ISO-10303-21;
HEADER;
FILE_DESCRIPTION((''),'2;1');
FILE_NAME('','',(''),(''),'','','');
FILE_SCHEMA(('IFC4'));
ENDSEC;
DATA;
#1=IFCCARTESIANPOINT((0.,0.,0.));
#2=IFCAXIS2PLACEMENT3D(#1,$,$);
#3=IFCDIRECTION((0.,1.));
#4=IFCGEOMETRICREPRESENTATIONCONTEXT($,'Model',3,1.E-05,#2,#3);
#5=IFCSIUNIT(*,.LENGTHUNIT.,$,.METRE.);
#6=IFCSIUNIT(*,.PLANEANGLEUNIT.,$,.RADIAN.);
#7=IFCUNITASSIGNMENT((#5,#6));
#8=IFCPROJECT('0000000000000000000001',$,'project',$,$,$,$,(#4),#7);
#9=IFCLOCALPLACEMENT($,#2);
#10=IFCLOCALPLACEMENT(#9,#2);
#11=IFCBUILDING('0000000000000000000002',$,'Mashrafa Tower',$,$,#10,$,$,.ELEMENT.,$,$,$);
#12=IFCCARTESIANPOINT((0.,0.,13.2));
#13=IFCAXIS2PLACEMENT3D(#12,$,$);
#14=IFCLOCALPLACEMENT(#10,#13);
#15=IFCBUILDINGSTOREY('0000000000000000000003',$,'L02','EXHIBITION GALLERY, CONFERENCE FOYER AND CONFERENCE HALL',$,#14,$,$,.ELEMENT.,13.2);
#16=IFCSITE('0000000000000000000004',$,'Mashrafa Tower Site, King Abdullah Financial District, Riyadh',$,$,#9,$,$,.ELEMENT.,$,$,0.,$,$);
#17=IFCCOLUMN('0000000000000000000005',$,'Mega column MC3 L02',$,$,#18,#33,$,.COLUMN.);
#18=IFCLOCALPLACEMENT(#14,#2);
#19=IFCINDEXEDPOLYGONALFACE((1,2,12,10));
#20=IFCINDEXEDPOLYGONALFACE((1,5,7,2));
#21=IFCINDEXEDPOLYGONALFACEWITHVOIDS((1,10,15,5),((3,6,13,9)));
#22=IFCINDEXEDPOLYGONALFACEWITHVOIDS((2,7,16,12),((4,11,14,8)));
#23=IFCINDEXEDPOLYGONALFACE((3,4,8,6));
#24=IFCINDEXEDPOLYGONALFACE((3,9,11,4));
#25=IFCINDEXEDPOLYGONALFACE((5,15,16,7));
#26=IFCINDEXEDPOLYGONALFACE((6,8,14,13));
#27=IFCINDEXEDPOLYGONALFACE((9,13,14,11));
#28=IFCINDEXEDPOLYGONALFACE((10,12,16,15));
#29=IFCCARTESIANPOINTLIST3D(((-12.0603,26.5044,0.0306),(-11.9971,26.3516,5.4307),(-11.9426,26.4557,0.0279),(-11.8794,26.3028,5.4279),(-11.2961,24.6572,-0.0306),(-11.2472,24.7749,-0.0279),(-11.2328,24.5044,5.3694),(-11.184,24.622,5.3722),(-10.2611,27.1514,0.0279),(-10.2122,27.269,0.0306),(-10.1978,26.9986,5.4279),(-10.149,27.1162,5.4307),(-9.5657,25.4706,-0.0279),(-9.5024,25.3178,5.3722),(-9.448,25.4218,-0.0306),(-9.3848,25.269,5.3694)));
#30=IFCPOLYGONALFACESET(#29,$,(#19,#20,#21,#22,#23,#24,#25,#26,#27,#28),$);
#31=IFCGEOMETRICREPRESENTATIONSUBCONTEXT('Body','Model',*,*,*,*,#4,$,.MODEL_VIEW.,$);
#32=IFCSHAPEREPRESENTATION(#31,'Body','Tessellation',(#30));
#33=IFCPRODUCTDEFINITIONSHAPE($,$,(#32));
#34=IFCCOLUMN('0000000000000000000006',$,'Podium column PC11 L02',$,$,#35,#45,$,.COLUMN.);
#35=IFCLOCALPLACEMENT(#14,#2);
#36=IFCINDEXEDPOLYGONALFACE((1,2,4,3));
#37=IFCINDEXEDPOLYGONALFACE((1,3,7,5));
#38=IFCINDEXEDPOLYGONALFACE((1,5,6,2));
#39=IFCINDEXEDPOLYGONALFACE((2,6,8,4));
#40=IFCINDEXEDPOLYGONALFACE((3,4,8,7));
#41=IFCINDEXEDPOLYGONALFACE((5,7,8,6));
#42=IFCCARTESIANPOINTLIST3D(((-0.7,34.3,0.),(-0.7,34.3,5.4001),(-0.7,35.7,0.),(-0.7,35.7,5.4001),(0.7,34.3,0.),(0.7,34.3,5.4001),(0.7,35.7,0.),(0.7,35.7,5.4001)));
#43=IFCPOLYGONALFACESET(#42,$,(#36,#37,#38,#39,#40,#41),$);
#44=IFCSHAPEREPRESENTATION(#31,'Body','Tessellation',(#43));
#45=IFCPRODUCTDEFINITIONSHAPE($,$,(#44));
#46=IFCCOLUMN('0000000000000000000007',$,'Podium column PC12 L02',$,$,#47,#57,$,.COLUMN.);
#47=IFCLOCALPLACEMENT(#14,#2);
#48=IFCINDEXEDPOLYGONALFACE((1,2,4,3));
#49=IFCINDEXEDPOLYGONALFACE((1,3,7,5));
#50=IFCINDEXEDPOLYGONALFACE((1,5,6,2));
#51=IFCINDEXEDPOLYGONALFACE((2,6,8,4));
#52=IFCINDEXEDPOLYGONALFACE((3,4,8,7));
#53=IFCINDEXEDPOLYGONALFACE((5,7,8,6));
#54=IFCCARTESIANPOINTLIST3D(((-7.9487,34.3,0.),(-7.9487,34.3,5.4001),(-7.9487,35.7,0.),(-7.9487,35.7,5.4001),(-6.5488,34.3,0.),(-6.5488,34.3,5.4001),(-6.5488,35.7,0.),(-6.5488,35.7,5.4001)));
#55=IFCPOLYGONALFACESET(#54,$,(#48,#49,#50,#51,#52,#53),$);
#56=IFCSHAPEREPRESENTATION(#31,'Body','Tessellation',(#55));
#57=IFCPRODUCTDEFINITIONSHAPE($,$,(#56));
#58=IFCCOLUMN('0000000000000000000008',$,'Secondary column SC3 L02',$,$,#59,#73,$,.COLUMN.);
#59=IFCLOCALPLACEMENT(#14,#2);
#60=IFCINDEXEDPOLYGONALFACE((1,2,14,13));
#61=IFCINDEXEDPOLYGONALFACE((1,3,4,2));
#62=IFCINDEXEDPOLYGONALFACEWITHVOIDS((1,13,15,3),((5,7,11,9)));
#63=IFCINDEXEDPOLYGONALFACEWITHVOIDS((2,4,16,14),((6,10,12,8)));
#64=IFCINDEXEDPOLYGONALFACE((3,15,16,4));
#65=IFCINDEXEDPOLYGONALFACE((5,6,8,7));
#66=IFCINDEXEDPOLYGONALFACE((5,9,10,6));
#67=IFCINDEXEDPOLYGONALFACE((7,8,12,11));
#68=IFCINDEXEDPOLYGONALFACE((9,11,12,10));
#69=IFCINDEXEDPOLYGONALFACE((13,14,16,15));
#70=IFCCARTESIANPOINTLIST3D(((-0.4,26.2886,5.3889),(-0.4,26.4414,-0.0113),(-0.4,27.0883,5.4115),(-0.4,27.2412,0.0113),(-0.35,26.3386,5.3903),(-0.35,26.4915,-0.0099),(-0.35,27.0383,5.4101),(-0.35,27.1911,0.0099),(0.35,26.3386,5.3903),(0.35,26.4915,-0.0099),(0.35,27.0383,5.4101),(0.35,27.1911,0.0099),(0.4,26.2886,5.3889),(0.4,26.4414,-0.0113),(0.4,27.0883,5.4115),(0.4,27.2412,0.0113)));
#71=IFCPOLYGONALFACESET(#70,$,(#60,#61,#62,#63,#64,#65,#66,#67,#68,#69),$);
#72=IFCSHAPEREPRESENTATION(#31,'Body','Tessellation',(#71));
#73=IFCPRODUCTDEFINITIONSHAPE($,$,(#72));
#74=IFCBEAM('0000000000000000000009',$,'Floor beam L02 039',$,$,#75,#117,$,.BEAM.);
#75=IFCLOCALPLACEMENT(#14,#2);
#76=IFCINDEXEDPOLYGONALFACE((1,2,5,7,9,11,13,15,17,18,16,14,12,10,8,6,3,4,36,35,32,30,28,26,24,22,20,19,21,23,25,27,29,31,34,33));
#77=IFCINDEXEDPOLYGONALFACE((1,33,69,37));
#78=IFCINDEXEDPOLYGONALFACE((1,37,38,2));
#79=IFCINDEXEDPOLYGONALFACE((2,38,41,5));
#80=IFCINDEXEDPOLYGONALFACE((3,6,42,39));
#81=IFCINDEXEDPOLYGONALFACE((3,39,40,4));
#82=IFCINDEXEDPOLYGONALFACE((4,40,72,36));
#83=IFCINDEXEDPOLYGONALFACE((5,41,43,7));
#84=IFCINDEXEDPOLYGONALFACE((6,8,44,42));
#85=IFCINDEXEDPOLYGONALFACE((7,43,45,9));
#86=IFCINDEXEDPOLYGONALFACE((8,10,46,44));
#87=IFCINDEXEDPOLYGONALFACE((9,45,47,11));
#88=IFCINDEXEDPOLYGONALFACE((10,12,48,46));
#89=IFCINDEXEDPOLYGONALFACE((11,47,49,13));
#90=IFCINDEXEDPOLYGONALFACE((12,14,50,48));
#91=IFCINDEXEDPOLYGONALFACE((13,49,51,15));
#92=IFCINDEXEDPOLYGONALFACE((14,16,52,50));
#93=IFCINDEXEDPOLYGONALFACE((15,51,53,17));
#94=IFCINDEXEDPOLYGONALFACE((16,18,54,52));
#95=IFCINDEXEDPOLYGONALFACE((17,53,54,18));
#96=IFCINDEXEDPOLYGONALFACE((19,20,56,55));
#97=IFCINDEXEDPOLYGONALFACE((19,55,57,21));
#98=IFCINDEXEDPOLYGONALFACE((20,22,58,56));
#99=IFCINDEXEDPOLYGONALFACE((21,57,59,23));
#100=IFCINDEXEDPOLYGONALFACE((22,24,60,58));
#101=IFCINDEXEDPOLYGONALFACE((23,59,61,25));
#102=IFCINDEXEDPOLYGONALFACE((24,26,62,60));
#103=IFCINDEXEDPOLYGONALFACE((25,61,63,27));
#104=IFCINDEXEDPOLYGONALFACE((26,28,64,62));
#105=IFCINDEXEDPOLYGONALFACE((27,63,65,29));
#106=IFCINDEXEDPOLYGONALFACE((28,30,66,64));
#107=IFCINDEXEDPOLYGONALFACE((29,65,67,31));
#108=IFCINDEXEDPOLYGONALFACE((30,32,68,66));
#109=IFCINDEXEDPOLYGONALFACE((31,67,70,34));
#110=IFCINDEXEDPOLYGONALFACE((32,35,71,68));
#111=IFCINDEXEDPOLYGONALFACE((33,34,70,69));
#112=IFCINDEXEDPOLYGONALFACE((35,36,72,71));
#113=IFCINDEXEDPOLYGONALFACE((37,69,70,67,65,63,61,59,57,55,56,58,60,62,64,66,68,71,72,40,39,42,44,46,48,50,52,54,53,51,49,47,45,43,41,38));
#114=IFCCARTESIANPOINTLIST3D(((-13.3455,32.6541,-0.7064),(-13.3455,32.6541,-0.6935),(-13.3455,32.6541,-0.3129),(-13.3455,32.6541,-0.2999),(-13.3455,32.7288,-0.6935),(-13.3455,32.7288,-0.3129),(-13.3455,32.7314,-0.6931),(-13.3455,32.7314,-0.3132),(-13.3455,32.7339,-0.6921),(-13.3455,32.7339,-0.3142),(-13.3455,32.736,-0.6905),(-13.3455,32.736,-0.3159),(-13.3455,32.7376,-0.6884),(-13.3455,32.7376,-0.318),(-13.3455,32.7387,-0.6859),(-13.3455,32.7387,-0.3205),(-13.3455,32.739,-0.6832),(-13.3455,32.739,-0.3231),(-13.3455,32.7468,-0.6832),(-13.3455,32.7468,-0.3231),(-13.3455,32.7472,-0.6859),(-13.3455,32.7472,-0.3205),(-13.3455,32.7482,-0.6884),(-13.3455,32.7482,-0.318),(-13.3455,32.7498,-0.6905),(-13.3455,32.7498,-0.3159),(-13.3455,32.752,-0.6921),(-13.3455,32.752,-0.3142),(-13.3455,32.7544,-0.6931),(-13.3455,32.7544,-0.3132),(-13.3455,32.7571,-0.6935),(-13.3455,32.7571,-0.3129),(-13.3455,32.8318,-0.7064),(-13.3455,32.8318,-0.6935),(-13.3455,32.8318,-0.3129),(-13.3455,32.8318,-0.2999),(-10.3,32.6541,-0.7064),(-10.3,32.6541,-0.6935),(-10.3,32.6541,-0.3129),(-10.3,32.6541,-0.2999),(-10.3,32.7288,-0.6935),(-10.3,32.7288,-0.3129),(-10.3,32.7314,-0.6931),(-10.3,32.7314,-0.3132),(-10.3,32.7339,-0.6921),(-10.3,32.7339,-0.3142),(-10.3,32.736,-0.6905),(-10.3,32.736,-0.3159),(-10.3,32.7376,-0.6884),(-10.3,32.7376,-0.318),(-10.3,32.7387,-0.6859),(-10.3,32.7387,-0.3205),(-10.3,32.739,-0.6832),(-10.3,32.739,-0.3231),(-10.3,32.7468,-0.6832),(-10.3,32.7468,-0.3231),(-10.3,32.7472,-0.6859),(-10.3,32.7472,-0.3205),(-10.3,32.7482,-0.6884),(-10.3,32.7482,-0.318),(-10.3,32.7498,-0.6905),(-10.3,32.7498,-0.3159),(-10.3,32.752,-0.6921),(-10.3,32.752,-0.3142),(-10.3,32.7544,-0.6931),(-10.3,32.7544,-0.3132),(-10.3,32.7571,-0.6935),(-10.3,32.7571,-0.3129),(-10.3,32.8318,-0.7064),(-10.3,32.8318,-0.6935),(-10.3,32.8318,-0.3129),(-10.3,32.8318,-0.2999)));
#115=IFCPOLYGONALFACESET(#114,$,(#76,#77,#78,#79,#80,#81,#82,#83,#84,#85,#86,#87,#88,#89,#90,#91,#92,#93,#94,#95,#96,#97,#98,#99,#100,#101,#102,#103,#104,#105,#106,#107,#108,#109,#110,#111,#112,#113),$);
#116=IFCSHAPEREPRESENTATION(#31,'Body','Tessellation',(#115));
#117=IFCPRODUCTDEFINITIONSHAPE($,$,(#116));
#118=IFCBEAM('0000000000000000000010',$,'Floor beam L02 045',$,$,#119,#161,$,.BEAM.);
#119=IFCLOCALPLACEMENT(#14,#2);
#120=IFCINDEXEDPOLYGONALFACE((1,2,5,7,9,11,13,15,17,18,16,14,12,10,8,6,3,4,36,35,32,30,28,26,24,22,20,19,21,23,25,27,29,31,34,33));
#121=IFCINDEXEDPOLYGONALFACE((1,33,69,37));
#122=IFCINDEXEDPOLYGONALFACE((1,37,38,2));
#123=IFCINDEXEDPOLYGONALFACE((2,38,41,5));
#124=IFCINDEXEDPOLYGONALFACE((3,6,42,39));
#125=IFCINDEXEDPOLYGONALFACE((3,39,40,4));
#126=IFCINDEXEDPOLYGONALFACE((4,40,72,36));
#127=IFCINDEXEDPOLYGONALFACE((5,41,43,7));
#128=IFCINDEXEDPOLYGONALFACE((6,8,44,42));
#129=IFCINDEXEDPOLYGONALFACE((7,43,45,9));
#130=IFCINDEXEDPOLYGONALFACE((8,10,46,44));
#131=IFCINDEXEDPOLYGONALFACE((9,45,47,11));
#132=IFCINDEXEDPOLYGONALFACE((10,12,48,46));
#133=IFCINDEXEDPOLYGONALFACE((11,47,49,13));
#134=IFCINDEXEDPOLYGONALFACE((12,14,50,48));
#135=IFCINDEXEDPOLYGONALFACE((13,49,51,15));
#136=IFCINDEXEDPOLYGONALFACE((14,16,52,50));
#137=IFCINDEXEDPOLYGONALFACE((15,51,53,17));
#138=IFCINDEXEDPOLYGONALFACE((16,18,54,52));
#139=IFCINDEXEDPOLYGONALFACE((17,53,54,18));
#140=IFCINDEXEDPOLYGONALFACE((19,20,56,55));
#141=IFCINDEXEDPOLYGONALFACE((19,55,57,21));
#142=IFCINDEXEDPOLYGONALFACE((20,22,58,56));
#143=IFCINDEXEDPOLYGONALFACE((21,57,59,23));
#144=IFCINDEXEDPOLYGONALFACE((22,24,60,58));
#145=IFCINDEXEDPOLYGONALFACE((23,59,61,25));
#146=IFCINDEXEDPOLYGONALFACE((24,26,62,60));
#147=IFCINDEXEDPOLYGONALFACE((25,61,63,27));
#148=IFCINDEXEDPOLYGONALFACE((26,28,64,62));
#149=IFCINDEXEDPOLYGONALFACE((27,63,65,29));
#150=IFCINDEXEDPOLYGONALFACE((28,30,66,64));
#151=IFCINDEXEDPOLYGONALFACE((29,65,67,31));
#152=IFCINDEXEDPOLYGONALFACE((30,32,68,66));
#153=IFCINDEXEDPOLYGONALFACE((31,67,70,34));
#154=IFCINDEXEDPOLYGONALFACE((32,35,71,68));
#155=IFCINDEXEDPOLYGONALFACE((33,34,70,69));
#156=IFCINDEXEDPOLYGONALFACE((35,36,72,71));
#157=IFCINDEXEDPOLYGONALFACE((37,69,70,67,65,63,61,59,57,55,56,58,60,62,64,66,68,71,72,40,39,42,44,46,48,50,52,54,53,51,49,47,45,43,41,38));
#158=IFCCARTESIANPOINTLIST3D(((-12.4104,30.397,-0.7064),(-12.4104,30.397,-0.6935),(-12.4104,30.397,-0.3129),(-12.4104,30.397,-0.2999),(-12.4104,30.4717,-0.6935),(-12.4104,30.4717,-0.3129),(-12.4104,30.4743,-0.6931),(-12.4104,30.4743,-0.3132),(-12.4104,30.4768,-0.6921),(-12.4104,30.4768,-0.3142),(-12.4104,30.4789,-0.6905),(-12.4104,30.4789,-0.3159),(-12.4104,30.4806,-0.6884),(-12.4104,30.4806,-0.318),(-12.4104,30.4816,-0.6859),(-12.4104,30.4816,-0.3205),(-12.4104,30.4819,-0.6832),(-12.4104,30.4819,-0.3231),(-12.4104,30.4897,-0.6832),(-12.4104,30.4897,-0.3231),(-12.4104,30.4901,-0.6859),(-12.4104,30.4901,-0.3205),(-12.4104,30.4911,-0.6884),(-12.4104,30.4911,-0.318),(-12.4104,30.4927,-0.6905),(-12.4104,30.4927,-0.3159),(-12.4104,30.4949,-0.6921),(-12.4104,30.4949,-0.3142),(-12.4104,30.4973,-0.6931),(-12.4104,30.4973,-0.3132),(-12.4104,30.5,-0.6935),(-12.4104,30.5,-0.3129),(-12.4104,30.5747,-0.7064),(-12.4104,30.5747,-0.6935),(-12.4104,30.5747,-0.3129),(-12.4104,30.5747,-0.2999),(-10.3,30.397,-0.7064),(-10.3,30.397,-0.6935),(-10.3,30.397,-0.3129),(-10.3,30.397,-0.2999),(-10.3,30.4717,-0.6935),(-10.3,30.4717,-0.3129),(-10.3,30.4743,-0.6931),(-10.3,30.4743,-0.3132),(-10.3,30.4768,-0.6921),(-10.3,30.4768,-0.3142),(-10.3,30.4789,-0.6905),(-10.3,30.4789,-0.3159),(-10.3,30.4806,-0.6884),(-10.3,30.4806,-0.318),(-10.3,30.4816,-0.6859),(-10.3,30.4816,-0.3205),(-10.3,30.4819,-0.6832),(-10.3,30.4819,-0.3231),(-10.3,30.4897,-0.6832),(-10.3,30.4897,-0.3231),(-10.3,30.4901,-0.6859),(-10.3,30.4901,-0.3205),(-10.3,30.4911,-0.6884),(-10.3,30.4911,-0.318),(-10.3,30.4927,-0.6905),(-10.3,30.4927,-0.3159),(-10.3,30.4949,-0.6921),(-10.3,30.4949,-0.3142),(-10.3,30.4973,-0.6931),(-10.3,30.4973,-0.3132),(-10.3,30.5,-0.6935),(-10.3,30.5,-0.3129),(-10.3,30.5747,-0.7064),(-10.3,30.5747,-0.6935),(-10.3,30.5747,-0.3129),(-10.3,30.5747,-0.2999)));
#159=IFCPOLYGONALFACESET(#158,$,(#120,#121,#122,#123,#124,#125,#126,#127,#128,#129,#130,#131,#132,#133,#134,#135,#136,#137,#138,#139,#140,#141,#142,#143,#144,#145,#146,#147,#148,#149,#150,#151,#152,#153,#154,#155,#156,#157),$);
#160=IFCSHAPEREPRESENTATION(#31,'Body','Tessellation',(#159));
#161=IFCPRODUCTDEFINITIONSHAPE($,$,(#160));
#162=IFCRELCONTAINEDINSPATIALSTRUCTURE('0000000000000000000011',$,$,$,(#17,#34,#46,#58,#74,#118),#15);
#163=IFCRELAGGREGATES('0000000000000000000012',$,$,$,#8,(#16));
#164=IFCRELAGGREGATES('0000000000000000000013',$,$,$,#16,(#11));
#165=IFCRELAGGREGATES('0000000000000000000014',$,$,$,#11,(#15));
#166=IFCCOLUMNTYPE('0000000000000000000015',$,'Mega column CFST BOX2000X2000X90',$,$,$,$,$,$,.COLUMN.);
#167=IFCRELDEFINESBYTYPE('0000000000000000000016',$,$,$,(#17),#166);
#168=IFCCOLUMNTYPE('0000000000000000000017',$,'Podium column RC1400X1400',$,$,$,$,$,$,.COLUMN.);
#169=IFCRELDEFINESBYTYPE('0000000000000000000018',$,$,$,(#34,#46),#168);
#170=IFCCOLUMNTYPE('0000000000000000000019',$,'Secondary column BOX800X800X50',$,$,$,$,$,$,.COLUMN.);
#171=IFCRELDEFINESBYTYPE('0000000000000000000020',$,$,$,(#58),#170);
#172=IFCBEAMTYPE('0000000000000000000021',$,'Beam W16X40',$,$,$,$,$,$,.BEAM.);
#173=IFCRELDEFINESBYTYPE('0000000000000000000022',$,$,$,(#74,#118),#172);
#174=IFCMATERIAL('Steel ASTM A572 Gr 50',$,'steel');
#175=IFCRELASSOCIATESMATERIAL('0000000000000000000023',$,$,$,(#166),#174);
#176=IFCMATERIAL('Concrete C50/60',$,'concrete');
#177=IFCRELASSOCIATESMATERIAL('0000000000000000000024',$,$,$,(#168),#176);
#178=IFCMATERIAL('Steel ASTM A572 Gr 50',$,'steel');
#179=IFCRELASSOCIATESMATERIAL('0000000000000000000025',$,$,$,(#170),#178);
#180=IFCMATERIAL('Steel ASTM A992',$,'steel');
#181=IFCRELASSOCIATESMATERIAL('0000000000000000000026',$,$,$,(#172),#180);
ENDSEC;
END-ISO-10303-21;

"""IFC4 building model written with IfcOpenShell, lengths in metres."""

from ifc_helpers import new_model, si_unit, direction, frame, origin, origin_2d, place, context, subcontext, project, spatial, rectangle, hollow_rectangle, i_section, extrude, material, material_profile, profile_set, type_object, element, save


model = new_model("IFC4")

# Units and contexts
model_context = context("Model", 3, precision=1e-05, world=origin(), true_north=direction((0.0, 1.0)))
body_context = subcontext(model_context, "Body", "Model", "MODEL_VIEW")
ifc_project = project(units=[si_unit("LENGTHUNIT", "METRE"), si_unit("PLANEANGLEUNIT", "RADIAN")], contexts=[model_context])

# Site, building, storey
site_placement = place(None, origin())
site = spatial("IfcSite", under=ifc_project, at=site_placement, Name="Mashrafa Tower Site, King Abdullah Financial District, Riyadh", CompositionType="ELEMENT", RefElevation=0.0)
building_placement = place(site_placement, origin())
building = spatial("IfcBuilding", under=site, at=building_placement, Name="Mashrafa Tower", CompositionType="ELEMENT")
storey_placement = place(building_placement, frame((0.0, 0.0, 13.2)))
storey = spatial("IfcBuildingStorey", under=building, at=storey_placement, Name="L02", Description="EXHIBITION GALLERY, CONFERENCE FOYER AND CONFERENCE HALL", CompositionType="ELEMENT", Elevation=13.2)

# Columns
ifc_material_1 = material(Name="Steel ASTM A572 Gr 50", Category="steel")
ifc_material_profile_1 = material_profile(ifc_material_1, hollow_rectangle(XDim=2.0, YDim=2.0, WallThickness=0.0901, at=origin_2d()), Name="BOX2000X2000X90")
ifc_profile_set_1 = profile_set([ifc_material_profile_1], Name="Steel ASTM A572 Gr 50")
column_type_1 = type_object("IfcColumnType", Name="Mega column CFST BOX2000X2000X90", PredefinedType="COLUMN", material=ifc_profile_set_1)
column_1_placement = place(storey_placement, frame((-10.7542, 25.9631, 0.0), z_axis=(0.011704, -0.028288, 0.999531), x_axis=(0.924035, 0.382308, 0.0)))
element("IfcColumn", 1, at=column_1_placement, inside=storey, type_object=column_type_1, Name="Mega column MC3 L02", PredefinedType="COLUMN", context=body_context, shape_type="SweptSolid", body=[
    extrude(hollow_rectangle(XDim=2.0, YDim=2.0, WallThickness=0.0901, at=origin_2d()), origin(), (0.0, 0.0, 1.0), 5.4026),
])
ifc_material_2 = material(Name="Concrete C50/60", Category="concrete")
ifc_material_profile_2 = material_profile(ifc_material_2, rectangle(XDim=1.3999, YDim=1.3999, at=origin_2d()), Name="RC1400X1400")
ifc_profile_set_2 = profile_set([ifc_material_profile_2], Name="Concrete C50/60")
column_type_2 = type_object("IfcColumnType", Name="Podium column RC1400X1400", PredefinedType="COLUMN", material=ifc_profile_set_2)
for number, where, z_axis, x_axis, name in (
    (2, (0.0, 35.0, 0.0), (0.0, 0.0, 1.0), (1.0, 0.0, 0.0), "Podium column PC11 L02"),
    (3, (-7.2488, 35.0, 0.0), (0.0, 0.0, 1.0), (1.0, 0.0, 0.0), "Podium column PC12 L02"),
):
    element("IfcColumn", number, at=place(storey_placement, frame(where, z_axis=z_axis, x_axis=x_axis)), inside=storey, type_object=column_type_2, Name=name, PredefinedType="COLUMN", context=body_context, shape_type="SweptSolid", body=[
        extrude(rectangle(XDim=1.3999, YDim=1.3999, at=origin_2d()), origin(), (0.0, 0.0, 1.0), 5.4001),
    ])
ifc_material_3 = material(Name="Steel ASTM A572 Gr 50", Category="steel")
ifc_material_profile_3 = material_profile(ifc_material_3, hollow_rectangle(XDim=0.8, YDim=0.8, WallThickness=0.05, at=origin_2d()), Name="BOX800X800X50")
ifc_profile_set_3 = profile_set([ifc_material_profile_3], Name="Steel ASTM A572 Gr 50")
column_type_3 = type_object("IfcColumnType", Name="Secondary column BOX800X800X50", PredefinedType="COLUMN", material=ifc_profile_set_3)
column_2_placement = place(storey_placement, frame((0.0, 26.8413, 0.0), z_axis=(0.0, -0.02829, 0.9996), x_axis=(1.0, 0.0, 0.0)))
element("IfcColumn", 4, at=column_2_placement, inside=storey, type_object=column_type_3, Name="Secondary column SC3 L02", PredefinedType="COLUMN", context=body_context, shape_type="SweptSolid", body=[
    extrude(hollow_rectangle(XDim=0.8, YDim=0.8, WallThickness=0.05, at=origin_2d()), origin(), (0.0, 0.0, 1.0), 5.4023),
])

# Beams
ifc_material_4 = material(Name="Steel ASTM A992", Category="steel")
ifc_material_profile_4 = material_profile(ifc_material_4, i_section(OverallWidth=0.1777, OverallDepth=0.4065, WebThickness=0.0078, FlangeThickness=0.0129, FilletRadius=0.0103, at=origin_2d()), Name="W16X40")
ifc_profile_set_4 = profile_set([ifc_material_profile_4], Name="Steel ASTM A992")
beam_type_1 = type_object("IfcBeamType", Name="Beam W16X40", PredefinedType="BEAM", material=ifc_profile_set_4)
beam_1_placement = place(storey_placement, frame((-13.3455, 32.7429, -0.5032), z_axis=(1.0, 0.0, 0.0), x_axis=(0.0, 1.0, 0.0)))
element("IfcBeam", 5, at=beam_1_placement, inside=storey, type_object=beam_type_1, Name="Floor beam L02 039", PredefinedType="BEAM", context=body_context, shape_type="SweptSolid", body=[
    extrude(i_section(OverallWidth=0.1777, OverallDepth=0.4065, WebThickness=0.0078, FlangeThickness=0.0129, FilletRadius=0.0103, at=origin_2d()), origin(), (0.0, 0.0, 1.0), 3.0454),
])
beam_2_placement = place(storey_placement, frame((-12.4104, 30.4858, -0.5032), z_axis=(1.0, 0.0, 0.0), x_axis=(0.0, 1.0, 0.0)))
element("IfcBeam", 6, at=beam_2_placement, inside=storey, type_object=beam_type_1, Name="Floor beam L02 045", PredefinedType="BEAM", context=body_context, shape_type="SweptSolid", body=[
    extrude(i_section(OverallWidth=0.1777, OverallDepth=0.4065, WebThickness=0.0078, FlangeThickness=0.0129, FilletRadius=0.0103, at=origin_2d()), origin(), (0.0, 0.0, 1.0), 2.1104),
])

save(model, "model.ifc")
